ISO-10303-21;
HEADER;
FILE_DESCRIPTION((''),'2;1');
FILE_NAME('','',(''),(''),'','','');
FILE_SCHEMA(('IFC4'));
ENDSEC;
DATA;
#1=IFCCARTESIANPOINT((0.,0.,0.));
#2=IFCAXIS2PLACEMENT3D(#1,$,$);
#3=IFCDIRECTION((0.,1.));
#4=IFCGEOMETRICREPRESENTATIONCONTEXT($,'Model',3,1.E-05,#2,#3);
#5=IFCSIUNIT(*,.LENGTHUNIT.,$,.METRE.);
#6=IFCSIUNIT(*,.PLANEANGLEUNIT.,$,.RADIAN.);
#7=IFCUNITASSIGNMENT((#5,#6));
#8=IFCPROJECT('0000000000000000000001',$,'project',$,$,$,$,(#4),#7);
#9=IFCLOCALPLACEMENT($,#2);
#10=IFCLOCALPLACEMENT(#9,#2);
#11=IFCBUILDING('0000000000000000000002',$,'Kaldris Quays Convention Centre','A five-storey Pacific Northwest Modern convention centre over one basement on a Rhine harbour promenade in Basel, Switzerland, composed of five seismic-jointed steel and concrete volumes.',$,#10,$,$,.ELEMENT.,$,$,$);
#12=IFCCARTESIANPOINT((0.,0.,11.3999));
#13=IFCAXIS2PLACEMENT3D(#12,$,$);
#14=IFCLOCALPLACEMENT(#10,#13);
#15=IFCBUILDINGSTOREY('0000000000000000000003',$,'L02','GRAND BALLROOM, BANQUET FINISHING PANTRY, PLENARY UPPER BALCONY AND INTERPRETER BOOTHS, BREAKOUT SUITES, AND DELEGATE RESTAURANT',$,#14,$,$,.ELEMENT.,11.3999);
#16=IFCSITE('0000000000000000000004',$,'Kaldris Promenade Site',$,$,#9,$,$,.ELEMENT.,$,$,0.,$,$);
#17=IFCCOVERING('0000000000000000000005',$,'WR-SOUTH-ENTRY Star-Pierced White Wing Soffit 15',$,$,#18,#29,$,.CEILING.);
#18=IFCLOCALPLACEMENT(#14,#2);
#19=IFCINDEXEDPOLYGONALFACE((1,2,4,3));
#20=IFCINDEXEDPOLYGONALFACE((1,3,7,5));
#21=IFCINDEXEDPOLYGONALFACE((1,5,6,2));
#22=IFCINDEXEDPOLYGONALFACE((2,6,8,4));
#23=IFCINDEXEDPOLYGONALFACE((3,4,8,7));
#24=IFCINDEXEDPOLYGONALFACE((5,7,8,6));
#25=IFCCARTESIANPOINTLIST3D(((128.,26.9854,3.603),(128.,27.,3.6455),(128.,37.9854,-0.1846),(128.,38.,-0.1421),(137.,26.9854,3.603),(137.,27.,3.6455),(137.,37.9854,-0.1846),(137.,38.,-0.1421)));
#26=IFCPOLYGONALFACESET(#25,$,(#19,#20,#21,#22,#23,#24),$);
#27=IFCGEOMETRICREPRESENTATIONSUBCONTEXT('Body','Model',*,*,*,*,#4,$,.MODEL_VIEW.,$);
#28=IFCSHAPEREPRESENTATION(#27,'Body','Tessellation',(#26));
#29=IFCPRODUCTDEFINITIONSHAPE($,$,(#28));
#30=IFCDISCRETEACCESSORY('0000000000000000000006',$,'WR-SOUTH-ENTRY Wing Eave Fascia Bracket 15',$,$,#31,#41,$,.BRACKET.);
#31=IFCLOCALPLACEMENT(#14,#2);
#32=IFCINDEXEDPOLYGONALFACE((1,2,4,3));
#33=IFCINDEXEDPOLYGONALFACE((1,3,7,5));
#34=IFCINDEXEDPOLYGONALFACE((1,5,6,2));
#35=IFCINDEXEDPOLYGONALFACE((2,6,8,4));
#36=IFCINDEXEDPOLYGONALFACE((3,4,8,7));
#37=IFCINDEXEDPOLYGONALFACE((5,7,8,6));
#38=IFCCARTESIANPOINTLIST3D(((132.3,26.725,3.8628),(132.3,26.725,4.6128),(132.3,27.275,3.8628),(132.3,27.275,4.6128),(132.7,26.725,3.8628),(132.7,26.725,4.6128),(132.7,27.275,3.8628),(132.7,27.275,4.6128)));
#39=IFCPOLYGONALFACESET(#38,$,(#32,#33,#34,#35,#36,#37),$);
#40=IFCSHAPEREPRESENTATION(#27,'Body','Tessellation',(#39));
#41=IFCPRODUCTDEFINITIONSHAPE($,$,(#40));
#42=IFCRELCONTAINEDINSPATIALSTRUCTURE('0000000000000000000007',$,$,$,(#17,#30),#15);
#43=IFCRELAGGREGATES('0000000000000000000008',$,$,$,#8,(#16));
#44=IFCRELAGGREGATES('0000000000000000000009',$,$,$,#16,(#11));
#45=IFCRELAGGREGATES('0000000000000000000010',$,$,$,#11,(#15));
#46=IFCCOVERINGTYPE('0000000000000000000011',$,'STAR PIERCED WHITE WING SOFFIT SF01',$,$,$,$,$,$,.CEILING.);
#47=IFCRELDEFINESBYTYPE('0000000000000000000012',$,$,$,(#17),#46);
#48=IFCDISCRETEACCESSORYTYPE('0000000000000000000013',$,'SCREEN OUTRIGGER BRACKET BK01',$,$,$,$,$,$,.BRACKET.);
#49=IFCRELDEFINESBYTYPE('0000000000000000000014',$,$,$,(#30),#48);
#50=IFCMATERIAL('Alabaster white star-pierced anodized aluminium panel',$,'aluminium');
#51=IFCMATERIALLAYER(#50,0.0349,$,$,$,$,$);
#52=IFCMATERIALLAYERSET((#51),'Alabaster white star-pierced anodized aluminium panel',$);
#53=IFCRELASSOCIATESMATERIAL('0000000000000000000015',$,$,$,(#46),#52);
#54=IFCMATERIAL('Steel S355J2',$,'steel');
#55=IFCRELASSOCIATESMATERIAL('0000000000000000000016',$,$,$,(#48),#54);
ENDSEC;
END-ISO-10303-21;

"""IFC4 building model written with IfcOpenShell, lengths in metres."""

from ifc_helpers import new_model, si_unit, direction, frame, origin, origin_2d, place, context, subcontext, project, spatial, polyline, rectangle, outline, extrude, material, layer, layer_set, type_object, element, save


model = new_model("IFC4")

# Units and contexts
model_context = context("Model", 3, precision=1e-05, world=origin(), true_north=direction((0.0, 1.0)))
body_context = subcontext(model_context, "Body", "Model", "MODEL_VIEW")
ifc_project = project(units=[si_unit("LENGTHUNIT", "METRE"), si_unit("PLANEANGLEUNIT", "RADIAN")], contexts=[model_context])

# Site, building, storey
site_placement = place(None, origin())
site = spatial("IfcSite", under=ifc_project, at=site_placement, Name="Kaldris Promenade Site", CompositionType="ELEMENT", RefElevation=0.0)
building_placement = place(site_placement, origin())
building = spatial("IfcBuilding", under=site, at=building_placement, Name="Kaldris Quays Convention Centre", Description="A five-storey Pacific Northwest Modern convention centre over one basement on a Rhine harbour promenade in Basel, Switzerland, composed of five seismic-jointed steel and concrete volumes.", CompositionType="ELEMENT")
storey_placement = place(building_placement, frame((0.0, 0.0, 11.3999)))
storey = spatial("IfcBuildingStorey", under=building, at=storey_placement, Name="L02", Description="GRAND BALLROOM, BANQUET FINISHING PANTRY, PLENARY UPPER BALCONY AND INTERPRETER BOOTHS, BREAKOUT SUITES, AND DELEGATE RESTAURANT", CompositionType="ELEMENT", Elevation=11.3999)

# Shared definitions
ifc_material_1 = material(Name="Steel S355J2", Category="steel")

# Shared definitions
ifc_material_2 = material(Name="Alabaster white star-pierced anodized aluminium panel", Category="aluminium")

# Covering
ifc_layer_1 = layer(ifc_material_2, 0.0349)
ifc_layer_set_1 = layer_set([ifc_layer_1], Name="Alabaster white star-pierced anodized aluminium panel")
covering_type_1 = type_object("IfcCoveringType", Name="STAR PIERCED WHITE WING SOFFIT SF01", PredefinedType="CEILING", material=ifc_layer_set_1)
covering_1_placement = place(storey_placement, frame((128.0, 27.0, 3.6455), z_axis=(0.0, 0.325568, 0.945519), x_axis=(1.0, 0.0, 0.0)))
element("IfcCovering", 1, at=covering_1_placement, inside=storey, type_object=covering_type_1, Name="WR-SOUTH-ENTRY Star-Pierced White Wing Soffit 15", PredefinedType="CEILING", context=body_context, shape_type="SweptSolid", body=[
    extrude(outline(polyline([(0.0, 0.0), (9.0, 0.0), (9.0, 11.6338), (0.0, 11.6338), (0.0, 0.0)])), origin(), (0.0, 0.0, -1.0), 0.0449),
])

# Discrete accessory
discrete_accessory_type = type_object("IfcDiscreteAccessoryType", Name="SCREEN OUTRIGGER BRACKET BK01", PredefinedType="BRACKET", material=ifc_material_1)
discrete_accessory_placement = place(storey_placement, frame((132.5, 27.0, 3.8628), z_axis=(0.0, 0.0, 1.0), x_axis=(1.0, 0.0, 0.0)))
element("IfcDiscreteAccessory", 2, at=discrete_accessory_placement, inside=storey, type_object=discrete_accessory_type, Name="WR-SOUTH-ENTRY Wing Eave Fascia Bracket 15", PredefinedType="BRACKET", context=body_context, shape_type="SweptSolid", body=[
    extrude(rectangle(XDim=0.3999, YDim=0.55, at=origin_2d()), origin(), (0.0, 0.0, 1.0), 0.75),
])

save(model, "model.ifc")
